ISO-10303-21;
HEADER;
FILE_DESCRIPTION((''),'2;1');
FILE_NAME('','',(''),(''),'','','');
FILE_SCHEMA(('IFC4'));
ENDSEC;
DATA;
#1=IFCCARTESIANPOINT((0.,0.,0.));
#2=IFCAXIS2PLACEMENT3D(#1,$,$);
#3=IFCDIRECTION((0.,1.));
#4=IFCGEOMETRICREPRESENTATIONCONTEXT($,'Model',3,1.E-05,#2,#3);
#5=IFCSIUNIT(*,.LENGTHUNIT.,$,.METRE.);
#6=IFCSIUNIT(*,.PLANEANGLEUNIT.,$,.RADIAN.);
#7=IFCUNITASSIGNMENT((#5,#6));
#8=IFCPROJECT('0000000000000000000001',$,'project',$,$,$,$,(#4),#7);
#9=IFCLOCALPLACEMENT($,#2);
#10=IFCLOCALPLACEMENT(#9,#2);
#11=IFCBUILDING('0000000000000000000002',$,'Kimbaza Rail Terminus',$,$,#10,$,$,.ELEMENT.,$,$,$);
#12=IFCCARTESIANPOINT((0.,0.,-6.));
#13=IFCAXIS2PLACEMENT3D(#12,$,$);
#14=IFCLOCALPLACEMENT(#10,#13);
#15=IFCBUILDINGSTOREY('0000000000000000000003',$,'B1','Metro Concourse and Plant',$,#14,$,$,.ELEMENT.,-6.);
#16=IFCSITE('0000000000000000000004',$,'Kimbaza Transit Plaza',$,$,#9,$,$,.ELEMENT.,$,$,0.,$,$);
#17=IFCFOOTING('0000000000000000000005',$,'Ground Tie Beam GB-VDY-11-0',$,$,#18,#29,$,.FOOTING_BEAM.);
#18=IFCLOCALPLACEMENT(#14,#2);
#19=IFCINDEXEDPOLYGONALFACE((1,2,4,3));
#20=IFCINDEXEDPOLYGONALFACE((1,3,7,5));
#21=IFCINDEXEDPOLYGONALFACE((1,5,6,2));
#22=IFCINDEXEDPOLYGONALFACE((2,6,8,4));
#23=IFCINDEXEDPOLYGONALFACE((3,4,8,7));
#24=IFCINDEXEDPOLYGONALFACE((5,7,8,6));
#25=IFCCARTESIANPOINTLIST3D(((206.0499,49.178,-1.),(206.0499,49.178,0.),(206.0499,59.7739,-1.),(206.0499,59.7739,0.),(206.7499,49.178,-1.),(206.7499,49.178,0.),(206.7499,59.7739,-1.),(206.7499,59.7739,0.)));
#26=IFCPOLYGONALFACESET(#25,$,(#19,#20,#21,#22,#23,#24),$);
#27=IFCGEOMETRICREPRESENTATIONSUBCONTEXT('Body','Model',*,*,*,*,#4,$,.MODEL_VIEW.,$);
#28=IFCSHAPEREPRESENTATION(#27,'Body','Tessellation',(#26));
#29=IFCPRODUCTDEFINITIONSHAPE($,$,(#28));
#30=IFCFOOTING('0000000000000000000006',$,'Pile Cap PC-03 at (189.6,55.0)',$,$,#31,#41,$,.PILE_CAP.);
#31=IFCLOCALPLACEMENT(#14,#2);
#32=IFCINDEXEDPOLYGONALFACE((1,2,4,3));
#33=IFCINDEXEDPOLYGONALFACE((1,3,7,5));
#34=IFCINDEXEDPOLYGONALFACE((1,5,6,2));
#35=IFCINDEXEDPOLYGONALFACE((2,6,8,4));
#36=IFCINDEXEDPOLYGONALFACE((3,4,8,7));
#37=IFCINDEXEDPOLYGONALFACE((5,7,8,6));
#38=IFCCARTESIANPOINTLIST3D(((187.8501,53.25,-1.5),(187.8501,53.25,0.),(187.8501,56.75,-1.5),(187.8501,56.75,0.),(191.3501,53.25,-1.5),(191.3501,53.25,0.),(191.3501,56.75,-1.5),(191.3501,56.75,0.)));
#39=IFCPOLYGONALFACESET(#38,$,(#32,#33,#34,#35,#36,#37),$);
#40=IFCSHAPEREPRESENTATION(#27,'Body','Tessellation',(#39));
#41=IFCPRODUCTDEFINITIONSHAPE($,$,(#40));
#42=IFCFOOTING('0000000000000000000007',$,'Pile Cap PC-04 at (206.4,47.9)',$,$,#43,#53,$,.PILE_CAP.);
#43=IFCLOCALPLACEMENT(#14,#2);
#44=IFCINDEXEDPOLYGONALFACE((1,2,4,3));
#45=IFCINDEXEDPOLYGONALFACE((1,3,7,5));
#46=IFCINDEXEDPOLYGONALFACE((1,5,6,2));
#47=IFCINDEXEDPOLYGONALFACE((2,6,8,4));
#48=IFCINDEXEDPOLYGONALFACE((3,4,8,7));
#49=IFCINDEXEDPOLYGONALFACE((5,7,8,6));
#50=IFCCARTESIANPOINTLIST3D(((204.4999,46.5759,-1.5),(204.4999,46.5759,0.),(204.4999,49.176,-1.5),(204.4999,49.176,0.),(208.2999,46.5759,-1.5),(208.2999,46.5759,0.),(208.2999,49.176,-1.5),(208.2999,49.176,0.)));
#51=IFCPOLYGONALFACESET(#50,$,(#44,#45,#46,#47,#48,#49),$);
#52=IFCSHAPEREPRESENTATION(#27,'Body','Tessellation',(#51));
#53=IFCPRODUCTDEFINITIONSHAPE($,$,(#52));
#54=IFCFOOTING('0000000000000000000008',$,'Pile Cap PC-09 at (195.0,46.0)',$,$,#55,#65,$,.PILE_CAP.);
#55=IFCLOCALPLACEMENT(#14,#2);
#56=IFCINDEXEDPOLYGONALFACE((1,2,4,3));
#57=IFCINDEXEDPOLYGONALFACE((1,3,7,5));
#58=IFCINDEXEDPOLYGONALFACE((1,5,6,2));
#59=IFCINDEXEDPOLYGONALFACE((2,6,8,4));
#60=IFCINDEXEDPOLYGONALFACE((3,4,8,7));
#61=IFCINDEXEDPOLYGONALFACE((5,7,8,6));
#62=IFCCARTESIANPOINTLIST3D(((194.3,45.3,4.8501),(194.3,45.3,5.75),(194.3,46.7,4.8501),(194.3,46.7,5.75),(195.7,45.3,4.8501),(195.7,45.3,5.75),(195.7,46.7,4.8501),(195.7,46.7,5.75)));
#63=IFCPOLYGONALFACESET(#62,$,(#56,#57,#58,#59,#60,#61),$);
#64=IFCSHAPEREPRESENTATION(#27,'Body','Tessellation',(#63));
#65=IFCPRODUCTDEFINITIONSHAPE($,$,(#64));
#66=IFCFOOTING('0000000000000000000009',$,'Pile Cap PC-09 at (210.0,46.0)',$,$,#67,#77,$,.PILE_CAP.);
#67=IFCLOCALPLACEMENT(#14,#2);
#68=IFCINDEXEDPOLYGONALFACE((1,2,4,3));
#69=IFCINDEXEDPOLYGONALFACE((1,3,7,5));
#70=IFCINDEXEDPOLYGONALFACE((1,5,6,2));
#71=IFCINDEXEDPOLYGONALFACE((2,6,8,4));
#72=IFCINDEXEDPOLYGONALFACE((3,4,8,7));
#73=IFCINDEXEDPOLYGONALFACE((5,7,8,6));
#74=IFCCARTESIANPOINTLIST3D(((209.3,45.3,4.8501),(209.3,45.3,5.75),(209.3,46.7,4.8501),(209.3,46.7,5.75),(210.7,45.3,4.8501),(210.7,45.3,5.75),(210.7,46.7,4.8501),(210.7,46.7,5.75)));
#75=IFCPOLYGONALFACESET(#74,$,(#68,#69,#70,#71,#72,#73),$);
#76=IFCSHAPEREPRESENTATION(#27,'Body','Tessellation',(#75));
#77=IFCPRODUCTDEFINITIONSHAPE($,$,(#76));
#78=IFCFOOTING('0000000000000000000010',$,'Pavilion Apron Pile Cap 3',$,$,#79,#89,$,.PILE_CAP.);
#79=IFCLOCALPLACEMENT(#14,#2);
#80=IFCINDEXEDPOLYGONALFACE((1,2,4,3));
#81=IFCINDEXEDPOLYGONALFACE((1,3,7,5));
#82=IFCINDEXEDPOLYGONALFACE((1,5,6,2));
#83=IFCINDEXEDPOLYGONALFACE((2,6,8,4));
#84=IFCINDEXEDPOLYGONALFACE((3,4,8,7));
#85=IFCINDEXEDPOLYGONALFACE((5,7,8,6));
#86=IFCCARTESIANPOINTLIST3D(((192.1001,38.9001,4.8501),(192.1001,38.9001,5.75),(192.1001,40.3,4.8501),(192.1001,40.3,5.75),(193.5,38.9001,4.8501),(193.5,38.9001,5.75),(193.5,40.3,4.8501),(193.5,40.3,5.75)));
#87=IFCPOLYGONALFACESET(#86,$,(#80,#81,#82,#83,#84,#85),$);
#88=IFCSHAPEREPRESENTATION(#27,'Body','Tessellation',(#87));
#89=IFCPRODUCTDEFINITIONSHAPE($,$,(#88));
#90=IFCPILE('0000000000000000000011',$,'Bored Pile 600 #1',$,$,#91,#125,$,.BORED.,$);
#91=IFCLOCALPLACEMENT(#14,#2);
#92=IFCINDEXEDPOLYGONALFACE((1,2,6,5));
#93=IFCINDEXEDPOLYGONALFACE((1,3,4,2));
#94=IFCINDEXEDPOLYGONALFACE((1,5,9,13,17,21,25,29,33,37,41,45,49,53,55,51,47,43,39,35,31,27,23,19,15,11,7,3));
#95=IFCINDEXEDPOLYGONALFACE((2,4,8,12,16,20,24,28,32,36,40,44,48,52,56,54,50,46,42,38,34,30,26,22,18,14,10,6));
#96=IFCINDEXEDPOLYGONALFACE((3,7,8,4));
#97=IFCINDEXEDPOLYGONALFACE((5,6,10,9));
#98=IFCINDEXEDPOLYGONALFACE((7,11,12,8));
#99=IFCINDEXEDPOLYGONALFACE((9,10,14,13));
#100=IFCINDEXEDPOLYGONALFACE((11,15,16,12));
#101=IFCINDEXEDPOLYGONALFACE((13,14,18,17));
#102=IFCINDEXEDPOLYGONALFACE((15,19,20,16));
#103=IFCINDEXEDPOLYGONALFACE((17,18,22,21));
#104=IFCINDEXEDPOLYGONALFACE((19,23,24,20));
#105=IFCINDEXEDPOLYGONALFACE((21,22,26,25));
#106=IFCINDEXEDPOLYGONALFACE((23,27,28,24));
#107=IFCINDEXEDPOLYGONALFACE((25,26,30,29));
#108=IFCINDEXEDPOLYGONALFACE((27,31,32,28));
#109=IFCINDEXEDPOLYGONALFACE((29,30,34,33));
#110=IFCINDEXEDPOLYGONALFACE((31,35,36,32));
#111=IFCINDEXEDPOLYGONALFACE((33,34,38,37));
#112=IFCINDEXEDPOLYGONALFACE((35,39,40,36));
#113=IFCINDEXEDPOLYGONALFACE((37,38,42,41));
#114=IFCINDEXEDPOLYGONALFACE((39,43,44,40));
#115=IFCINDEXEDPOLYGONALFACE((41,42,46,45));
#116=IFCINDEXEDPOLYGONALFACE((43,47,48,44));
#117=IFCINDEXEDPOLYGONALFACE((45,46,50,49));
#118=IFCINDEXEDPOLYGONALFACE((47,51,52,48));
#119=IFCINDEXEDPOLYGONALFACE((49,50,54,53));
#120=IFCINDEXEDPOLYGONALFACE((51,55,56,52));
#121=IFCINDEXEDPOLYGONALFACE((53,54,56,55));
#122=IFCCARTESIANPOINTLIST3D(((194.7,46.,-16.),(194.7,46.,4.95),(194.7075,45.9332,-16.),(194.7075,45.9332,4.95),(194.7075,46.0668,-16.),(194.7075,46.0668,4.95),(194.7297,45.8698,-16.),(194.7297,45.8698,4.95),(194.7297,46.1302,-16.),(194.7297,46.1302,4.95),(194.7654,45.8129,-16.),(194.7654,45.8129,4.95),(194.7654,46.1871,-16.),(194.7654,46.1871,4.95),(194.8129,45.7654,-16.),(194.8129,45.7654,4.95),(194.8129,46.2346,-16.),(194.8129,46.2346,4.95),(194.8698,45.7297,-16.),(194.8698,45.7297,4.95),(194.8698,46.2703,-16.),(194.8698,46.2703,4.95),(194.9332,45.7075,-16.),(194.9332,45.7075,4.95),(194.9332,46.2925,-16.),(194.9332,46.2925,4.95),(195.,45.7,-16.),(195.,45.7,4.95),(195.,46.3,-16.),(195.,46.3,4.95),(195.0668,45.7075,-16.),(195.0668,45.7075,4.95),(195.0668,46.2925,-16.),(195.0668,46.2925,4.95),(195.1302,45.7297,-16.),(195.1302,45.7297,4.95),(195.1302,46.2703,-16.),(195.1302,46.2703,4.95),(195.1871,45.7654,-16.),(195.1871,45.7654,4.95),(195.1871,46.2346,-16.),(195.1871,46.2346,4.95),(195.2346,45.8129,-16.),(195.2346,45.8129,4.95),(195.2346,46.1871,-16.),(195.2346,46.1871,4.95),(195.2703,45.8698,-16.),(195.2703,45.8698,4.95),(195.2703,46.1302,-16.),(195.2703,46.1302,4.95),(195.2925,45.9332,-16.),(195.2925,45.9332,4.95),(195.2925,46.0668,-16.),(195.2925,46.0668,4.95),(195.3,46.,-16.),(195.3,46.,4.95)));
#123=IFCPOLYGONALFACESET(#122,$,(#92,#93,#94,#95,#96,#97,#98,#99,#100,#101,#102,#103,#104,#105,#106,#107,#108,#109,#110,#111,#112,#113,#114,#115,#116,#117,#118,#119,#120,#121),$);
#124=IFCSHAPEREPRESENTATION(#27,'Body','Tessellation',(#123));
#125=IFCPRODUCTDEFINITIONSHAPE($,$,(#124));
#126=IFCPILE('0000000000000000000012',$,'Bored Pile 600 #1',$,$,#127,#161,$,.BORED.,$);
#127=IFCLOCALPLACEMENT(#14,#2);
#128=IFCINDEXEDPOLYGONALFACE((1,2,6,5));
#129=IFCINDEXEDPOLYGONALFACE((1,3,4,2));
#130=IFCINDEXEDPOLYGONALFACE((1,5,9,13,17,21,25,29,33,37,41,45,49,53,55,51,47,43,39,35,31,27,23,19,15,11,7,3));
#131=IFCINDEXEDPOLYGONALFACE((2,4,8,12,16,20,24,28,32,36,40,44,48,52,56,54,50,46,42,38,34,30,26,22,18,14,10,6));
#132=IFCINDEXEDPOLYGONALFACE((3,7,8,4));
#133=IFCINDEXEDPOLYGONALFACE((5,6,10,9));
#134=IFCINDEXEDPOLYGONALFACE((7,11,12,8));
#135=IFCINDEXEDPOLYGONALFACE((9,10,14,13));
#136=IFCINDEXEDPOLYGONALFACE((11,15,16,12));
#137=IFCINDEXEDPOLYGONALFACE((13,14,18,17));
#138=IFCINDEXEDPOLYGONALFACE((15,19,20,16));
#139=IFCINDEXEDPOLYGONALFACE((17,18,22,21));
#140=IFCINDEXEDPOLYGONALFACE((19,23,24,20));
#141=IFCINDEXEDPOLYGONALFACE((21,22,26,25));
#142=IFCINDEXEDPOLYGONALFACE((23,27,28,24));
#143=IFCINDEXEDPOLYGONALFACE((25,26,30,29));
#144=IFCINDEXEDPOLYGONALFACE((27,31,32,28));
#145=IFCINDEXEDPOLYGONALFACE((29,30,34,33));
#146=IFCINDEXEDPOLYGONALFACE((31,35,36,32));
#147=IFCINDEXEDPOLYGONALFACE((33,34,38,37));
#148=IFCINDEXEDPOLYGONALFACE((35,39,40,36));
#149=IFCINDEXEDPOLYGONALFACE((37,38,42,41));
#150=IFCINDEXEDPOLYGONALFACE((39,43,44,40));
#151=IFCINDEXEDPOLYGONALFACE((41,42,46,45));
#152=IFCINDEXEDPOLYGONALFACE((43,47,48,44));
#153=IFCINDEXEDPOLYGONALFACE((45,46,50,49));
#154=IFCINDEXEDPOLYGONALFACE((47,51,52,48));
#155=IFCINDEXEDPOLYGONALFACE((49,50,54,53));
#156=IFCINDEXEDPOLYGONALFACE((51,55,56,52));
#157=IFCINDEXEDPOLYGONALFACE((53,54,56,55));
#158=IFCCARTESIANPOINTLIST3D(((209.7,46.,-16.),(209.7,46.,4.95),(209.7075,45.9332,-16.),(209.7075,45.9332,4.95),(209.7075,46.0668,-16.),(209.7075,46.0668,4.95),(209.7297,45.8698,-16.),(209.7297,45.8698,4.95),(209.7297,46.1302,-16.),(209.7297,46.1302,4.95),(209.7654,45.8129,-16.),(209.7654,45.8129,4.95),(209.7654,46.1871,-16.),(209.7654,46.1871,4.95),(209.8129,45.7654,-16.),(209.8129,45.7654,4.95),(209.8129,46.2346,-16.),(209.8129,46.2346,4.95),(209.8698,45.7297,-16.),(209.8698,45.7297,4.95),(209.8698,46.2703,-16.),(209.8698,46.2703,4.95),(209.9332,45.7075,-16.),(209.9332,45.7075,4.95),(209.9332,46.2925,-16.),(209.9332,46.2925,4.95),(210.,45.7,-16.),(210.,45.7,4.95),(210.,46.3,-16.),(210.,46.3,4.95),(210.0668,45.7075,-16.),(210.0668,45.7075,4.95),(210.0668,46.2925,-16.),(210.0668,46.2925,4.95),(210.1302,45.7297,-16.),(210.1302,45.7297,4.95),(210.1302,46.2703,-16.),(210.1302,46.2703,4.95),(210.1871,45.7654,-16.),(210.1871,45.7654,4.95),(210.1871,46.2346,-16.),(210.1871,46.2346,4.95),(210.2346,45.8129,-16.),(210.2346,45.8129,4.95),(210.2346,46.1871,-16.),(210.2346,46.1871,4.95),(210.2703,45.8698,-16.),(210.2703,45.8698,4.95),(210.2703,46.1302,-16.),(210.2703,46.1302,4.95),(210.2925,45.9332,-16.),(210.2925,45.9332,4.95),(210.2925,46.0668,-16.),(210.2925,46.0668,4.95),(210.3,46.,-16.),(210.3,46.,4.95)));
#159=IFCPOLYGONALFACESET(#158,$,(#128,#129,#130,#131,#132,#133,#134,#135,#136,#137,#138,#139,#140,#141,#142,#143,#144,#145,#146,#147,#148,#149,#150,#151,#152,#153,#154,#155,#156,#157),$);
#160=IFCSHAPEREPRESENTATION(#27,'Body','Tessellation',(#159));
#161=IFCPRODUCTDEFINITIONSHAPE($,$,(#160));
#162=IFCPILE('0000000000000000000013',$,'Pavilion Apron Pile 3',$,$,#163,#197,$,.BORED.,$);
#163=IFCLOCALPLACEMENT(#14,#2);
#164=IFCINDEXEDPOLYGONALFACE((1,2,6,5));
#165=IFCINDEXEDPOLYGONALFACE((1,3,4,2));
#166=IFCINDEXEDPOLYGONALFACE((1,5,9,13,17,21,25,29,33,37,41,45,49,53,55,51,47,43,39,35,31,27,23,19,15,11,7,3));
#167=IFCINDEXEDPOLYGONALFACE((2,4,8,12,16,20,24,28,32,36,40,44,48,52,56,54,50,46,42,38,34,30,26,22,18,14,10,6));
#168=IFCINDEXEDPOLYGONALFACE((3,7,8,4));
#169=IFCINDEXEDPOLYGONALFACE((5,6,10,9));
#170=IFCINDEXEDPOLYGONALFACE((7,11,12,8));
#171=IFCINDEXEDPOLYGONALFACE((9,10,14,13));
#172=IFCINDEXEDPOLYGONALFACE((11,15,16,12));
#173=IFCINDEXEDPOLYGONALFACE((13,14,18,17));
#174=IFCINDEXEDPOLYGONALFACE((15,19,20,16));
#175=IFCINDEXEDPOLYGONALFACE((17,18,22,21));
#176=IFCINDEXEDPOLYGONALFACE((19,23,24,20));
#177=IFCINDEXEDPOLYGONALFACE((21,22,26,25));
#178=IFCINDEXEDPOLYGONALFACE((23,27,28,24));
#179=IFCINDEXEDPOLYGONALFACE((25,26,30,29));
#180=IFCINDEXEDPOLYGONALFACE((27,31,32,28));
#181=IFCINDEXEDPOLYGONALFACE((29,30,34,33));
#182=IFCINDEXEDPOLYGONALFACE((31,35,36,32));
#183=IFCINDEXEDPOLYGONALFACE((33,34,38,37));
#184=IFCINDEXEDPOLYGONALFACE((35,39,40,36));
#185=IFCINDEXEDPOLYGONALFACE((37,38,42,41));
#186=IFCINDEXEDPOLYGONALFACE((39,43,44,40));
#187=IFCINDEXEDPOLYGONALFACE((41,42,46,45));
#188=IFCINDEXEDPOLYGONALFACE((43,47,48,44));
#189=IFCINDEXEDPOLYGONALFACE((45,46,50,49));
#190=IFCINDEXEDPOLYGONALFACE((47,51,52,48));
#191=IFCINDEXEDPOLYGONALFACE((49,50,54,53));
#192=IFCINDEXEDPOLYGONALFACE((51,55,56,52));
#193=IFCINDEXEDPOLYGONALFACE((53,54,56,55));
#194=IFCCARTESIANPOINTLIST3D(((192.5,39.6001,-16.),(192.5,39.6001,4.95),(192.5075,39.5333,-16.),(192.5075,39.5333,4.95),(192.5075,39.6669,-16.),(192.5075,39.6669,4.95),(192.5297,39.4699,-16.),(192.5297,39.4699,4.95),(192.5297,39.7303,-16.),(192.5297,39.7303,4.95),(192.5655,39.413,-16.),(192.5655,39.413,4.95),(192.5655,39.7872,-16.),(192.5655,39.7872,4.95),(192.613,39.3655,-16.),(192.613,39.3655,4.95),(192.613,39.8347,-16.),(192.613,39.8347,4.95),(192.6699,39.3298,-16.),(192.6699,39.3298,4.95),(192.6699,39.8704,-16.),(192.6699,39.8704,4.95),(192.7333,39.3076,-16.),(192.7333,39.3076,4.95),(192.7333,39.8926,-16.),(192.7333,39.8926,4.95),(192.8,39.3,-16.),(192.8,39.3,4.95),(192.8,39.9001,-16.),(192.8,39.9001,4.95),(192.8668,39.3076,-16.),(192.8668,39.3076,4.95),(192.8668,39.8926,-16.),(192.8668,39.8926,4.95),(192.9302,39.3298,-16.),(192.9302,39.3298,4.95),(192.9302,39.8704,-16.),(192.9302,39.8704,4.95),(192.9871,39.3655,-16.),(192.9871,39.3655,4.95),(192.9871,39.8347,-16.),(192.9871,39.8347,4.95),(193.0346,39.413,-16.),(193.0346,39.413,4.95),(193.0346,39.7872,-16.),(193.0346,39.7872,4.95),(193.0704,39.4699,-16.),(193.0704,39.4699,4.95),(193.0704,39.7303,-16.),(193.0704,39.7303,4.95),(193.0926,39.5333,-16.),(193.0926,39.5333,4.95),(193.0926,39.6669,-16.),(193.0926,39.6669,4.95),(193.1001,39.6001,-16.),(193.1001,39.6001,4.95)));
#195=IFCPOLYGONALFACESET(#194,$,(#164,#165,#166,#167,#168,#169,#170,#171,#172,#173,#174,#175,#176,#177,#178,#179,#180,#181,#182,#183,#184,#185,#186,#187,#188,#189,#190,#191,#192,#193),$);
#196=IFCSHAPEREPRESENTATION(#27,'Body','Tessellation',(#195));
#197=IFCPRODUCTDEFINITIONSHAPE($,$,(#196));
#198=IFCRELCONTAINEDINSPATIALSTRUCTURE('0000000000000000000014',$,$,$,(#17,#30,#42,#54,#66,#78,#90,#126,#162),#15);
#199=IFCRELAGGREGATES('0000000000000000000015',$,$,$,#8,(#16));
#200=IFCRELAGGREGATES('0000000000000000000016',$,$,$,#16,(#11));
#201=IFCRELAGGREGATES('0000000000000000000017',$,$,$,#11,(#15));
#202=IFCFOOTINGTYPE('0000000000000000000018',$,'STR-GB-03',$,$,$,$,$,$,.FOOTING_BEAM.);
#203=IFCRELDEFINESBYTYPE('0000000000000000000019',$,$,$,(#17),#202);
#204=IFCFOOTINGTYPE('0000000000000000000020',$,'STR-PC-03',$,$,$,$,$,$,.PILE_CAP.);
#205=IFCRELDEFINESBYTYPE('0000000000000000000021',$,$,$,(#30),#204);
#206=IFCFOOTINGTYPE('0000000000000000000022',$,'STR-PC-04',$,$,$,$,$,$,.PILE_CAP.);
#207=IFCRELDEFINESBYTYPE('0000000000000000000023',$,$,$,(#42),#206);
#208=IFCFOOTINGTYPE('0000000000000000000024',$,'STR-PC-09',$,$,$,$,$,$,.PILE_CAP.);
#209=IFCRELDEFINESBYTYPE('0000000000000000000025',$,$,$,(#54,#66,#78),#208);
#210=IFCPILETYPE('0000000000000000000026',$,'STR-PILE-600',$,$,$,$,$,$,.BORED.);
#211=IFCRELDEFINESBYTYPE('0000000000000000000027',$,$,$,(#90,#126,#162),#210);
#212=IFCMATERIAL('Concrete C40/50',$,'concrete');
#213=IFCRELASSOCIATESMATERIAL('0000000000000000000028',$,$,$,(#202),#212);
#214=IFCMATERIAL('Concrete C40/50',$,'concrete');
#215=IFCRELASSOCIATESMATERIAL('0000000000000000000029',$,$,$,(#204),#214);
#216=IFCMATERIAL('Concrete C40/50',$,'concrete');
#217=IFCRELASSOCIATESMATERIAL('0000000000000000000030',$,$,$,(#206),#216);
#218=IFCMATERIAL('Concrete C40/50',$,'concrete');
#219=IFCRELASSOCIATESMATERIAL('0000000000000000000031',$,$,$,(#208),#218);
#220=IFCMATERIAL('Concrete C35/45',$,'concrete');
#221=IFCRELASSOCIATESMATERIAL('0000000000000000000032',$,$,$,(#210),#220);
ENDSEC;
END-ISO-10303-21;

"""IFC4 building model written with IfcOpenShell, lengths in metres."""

from ifc_helpers import new_model, si_unit, direction, frame, origin, origin_2d, place, context, subcontext, project, spatial, rectangle, circle, extrude, material, material_profile, profile_set, type_object, element, save


model = new_model("IFC4")

# Units and contexts
model_context = context("Model", 3, precision=1e-05, world=origin(), true_north=direction((0.0, 1.0)))
body_context = subcontext(model_context, "Body", "Model", "MODEL_VIEW")
ifc_project = project(units=[si_unit("LENGTHUNIT", "METRE"), si_unit("PLANEANGLEUNIT", "RADIAN")], contexts=[model_context])

# Site, building, storey
site_placement = place(None, origin())
site = spatial("IfcSite", under=ifc_project, at=site_placement, Name="Kimbaza Transit Plaza", CompositionType="ELEMENT", RefElevation=0.0)
building_placement = place(site_placement, origin())
building = spatial("IfcBuilding", under=site, at=building_placement, Name="Kimbaza Rail Terminus", CompositionType="ELEMENT")
storey_placement = place(building_placement, frame((0.0, 0.0, -6.0)))
storey = spatial("IfcBuildingStorey", under=building, at=storey_placement, Name="B1", Description="Metro Concourse and Plant", CompositionType="ELEMENT", Elevation=-6.0)

# Footings
ifc_material_1 = material(Name="Concrete C40/50", Category="concrete")
ifc_material_profile_1 = material_profile(ifc_material_1, rectangle(XDim=0.7, YDim=1.0, at=origin_2d()), Name="GB-03 700x1000")
ifc_profile_set_1 = profile_set([ifc_material_profile_1], Name="Concrete C40/50")
footing_type_1 = type_object("IfcFootingType", Name="STR-GB-03", PredefinedType="FOOTING_BEAM", material=ifc_profile_set_1)
footing_1_placement = place(storey_placement, frame((206.3999, 49.178, -0.5), z_axis=(0.0, 1.0, 0.0), x_axis=(-1.0, 0.0, 0.0)))
element("IfcFooting", 1, at=footing_1_placement, inside=storey, type_object=footing_type_1, Name="Ground Tie Beam GB-VDY-11-0", PredefinedType="FOOTING_BEAM", context=body_context, shape_type="SweptSolid", body=[
    extrude(rectangle(XDim=0.7, YDim=1.0, at=origin_2d()), origin(), (0.0, 0.0, 1.0), 10.5959),
])
ifc_material_2 = material(Name="Concrete C40/50", Category="concrete")
footing_type_2 = type_object("IfcFootingType", Name="STR-PC-03", PredefinedType="PILE_CAP", material=ifc_material_2)
footing_2_placement = place(storey_placement, frame((189.6001, 55.0, -1.5), z_axis=(0.0, 0.0, 1.0), x_axis=(1.0, 0.0, 0.0)))
element("IfcFooting", 2, at=footing_2_placement, inside=storey, type_object=footing_type_2, Name="Pile Cap PC-03 at (189.6,55.0)", PredefinedType="PILE_CAP", context=body_context, shape_type="SweptSolid", body=[
    extrude(rectangle(XDim=3.5, YDim=3.5, at=origin_2d()), origin(), (0.0, 0.0, 1.0), 1.5),
])
ifc_material_3 = material(Name="Concrete C40/50", Category="concrete")
footing_type_3 = type_object("IfcFootingType", Name="STR-PC-04", PredefinedType="PILE_CAP", material=ifc_material_3)
footing_3_placement = place(storey_placement, frame((206.3999, 47.876, -1.5), z_axis=(0.0, 0.0, 1.0), x_axis=(1.0, 0.0, 0.0)))
element("IfcFooting", 3, at=footing_3_placement, inside=storey, type_object=footing_type_3, Name="Pile Cap PC-04 at (206.4,47.9)", PredefinedType="PILE_CAP", context=body_context, shape_type="SweptSolid", body=[
    extrude(rectangle(XDim=3.8, YDim=2.6001, at=origin_2d()), origin(), (0.0, 0.0, 1.0), 1.5),
])
ifc_material_4 = material(Name="Concrete C40/50", Category="concrete")
footing_type_4 = type_object("IfcFootingType", Name="STR-PC-09", PredefinedType="PILE_CAP", material=ifc_material_4)
for number, where, z_axis, x_axis, name in (
    (4, (195.0, 46.0, 4.8501), (0.0, 0.0, 1.0), (1.0, 0.0, 0.0), "Pile Cap PC-09 at (195.0,46.0)"),
    (5, (210.0, 46.0, 4.8501), (0.0, 0.0, 1.0), (1.0, 0.0, 0.0), "Pile Cap PC-09 at (210.0,46.0)"),
    (6, (192.8, 39.6001, 4.8501), (0.0, 0.0, 1.0), (1.0, 0.0, 0.0), "Pavilion Apron Pile Cap 3"),
):
    element("IfcFooting", number, at=place(storey_placement, frame(where, z_axis=z_axis, x_axis=x_axis)), inside=storey, type_object=footing_type_4, Name=name, PredefinedType="PILE_CAP", context=body_context, shape_type="SweptSolid", body=[
        extrude(rectangle(XDim=1.3999, YDim=1.3999, at=origin_2d()), origin(), (0.0, 0.0, 1.0), 0.8999),
    ])

# Piles
ifc_material_5 = material(Name="Concrete C35/45", Category="concrete")
ifc_material_profile_2 = material_profile(ifc_material_5, circle(Radius=0.3, at=origin_2d()), Name="BORED PILE 600")
ifc_profile_set_2 = profile_set([ifc_material_profile_2], Name="Concrete C35/45")
pile_type_1 = type_object("IfcPileType", Name="STR-PILE-600", PredefinedType="BORED", material=ifc_profile_set_2)
for number, where, z_axis, x_axis, name in (
    (7, (195.0, 46.0, 4.95), (0.0, 0.0, -1.0), (1.0, 0.0, 0.0), "Bored Pile 600 #1"),
    (8, (210.0, 46.0, 4.95), (0.0, 0.0, -1.0), (1.0, 0.0, 0.0), "Bored Pile 600 #1"),
    (9, (192.8, 39.6001, 4.95), (0.0, 0.0, -1.0), (1.0, 0.0, 0.0), "Pavilion Apron Pile 3"),
):
    element("IfcPile", number, at=place(storey_placement, frame(where, z_axis=z_axis, x_axis=x_axis)), inside=storey, type_object=pile_type_1, Name=name, PredefinedType="BORED", context=body_context, shape_type="SweptSolid", body=[
        extrude(circle(Radius=0.3, at=origin_2d()), origin(), (0.0, 0.0, 1.0), 20.95),
    ])

save(model, "model.ifc")
